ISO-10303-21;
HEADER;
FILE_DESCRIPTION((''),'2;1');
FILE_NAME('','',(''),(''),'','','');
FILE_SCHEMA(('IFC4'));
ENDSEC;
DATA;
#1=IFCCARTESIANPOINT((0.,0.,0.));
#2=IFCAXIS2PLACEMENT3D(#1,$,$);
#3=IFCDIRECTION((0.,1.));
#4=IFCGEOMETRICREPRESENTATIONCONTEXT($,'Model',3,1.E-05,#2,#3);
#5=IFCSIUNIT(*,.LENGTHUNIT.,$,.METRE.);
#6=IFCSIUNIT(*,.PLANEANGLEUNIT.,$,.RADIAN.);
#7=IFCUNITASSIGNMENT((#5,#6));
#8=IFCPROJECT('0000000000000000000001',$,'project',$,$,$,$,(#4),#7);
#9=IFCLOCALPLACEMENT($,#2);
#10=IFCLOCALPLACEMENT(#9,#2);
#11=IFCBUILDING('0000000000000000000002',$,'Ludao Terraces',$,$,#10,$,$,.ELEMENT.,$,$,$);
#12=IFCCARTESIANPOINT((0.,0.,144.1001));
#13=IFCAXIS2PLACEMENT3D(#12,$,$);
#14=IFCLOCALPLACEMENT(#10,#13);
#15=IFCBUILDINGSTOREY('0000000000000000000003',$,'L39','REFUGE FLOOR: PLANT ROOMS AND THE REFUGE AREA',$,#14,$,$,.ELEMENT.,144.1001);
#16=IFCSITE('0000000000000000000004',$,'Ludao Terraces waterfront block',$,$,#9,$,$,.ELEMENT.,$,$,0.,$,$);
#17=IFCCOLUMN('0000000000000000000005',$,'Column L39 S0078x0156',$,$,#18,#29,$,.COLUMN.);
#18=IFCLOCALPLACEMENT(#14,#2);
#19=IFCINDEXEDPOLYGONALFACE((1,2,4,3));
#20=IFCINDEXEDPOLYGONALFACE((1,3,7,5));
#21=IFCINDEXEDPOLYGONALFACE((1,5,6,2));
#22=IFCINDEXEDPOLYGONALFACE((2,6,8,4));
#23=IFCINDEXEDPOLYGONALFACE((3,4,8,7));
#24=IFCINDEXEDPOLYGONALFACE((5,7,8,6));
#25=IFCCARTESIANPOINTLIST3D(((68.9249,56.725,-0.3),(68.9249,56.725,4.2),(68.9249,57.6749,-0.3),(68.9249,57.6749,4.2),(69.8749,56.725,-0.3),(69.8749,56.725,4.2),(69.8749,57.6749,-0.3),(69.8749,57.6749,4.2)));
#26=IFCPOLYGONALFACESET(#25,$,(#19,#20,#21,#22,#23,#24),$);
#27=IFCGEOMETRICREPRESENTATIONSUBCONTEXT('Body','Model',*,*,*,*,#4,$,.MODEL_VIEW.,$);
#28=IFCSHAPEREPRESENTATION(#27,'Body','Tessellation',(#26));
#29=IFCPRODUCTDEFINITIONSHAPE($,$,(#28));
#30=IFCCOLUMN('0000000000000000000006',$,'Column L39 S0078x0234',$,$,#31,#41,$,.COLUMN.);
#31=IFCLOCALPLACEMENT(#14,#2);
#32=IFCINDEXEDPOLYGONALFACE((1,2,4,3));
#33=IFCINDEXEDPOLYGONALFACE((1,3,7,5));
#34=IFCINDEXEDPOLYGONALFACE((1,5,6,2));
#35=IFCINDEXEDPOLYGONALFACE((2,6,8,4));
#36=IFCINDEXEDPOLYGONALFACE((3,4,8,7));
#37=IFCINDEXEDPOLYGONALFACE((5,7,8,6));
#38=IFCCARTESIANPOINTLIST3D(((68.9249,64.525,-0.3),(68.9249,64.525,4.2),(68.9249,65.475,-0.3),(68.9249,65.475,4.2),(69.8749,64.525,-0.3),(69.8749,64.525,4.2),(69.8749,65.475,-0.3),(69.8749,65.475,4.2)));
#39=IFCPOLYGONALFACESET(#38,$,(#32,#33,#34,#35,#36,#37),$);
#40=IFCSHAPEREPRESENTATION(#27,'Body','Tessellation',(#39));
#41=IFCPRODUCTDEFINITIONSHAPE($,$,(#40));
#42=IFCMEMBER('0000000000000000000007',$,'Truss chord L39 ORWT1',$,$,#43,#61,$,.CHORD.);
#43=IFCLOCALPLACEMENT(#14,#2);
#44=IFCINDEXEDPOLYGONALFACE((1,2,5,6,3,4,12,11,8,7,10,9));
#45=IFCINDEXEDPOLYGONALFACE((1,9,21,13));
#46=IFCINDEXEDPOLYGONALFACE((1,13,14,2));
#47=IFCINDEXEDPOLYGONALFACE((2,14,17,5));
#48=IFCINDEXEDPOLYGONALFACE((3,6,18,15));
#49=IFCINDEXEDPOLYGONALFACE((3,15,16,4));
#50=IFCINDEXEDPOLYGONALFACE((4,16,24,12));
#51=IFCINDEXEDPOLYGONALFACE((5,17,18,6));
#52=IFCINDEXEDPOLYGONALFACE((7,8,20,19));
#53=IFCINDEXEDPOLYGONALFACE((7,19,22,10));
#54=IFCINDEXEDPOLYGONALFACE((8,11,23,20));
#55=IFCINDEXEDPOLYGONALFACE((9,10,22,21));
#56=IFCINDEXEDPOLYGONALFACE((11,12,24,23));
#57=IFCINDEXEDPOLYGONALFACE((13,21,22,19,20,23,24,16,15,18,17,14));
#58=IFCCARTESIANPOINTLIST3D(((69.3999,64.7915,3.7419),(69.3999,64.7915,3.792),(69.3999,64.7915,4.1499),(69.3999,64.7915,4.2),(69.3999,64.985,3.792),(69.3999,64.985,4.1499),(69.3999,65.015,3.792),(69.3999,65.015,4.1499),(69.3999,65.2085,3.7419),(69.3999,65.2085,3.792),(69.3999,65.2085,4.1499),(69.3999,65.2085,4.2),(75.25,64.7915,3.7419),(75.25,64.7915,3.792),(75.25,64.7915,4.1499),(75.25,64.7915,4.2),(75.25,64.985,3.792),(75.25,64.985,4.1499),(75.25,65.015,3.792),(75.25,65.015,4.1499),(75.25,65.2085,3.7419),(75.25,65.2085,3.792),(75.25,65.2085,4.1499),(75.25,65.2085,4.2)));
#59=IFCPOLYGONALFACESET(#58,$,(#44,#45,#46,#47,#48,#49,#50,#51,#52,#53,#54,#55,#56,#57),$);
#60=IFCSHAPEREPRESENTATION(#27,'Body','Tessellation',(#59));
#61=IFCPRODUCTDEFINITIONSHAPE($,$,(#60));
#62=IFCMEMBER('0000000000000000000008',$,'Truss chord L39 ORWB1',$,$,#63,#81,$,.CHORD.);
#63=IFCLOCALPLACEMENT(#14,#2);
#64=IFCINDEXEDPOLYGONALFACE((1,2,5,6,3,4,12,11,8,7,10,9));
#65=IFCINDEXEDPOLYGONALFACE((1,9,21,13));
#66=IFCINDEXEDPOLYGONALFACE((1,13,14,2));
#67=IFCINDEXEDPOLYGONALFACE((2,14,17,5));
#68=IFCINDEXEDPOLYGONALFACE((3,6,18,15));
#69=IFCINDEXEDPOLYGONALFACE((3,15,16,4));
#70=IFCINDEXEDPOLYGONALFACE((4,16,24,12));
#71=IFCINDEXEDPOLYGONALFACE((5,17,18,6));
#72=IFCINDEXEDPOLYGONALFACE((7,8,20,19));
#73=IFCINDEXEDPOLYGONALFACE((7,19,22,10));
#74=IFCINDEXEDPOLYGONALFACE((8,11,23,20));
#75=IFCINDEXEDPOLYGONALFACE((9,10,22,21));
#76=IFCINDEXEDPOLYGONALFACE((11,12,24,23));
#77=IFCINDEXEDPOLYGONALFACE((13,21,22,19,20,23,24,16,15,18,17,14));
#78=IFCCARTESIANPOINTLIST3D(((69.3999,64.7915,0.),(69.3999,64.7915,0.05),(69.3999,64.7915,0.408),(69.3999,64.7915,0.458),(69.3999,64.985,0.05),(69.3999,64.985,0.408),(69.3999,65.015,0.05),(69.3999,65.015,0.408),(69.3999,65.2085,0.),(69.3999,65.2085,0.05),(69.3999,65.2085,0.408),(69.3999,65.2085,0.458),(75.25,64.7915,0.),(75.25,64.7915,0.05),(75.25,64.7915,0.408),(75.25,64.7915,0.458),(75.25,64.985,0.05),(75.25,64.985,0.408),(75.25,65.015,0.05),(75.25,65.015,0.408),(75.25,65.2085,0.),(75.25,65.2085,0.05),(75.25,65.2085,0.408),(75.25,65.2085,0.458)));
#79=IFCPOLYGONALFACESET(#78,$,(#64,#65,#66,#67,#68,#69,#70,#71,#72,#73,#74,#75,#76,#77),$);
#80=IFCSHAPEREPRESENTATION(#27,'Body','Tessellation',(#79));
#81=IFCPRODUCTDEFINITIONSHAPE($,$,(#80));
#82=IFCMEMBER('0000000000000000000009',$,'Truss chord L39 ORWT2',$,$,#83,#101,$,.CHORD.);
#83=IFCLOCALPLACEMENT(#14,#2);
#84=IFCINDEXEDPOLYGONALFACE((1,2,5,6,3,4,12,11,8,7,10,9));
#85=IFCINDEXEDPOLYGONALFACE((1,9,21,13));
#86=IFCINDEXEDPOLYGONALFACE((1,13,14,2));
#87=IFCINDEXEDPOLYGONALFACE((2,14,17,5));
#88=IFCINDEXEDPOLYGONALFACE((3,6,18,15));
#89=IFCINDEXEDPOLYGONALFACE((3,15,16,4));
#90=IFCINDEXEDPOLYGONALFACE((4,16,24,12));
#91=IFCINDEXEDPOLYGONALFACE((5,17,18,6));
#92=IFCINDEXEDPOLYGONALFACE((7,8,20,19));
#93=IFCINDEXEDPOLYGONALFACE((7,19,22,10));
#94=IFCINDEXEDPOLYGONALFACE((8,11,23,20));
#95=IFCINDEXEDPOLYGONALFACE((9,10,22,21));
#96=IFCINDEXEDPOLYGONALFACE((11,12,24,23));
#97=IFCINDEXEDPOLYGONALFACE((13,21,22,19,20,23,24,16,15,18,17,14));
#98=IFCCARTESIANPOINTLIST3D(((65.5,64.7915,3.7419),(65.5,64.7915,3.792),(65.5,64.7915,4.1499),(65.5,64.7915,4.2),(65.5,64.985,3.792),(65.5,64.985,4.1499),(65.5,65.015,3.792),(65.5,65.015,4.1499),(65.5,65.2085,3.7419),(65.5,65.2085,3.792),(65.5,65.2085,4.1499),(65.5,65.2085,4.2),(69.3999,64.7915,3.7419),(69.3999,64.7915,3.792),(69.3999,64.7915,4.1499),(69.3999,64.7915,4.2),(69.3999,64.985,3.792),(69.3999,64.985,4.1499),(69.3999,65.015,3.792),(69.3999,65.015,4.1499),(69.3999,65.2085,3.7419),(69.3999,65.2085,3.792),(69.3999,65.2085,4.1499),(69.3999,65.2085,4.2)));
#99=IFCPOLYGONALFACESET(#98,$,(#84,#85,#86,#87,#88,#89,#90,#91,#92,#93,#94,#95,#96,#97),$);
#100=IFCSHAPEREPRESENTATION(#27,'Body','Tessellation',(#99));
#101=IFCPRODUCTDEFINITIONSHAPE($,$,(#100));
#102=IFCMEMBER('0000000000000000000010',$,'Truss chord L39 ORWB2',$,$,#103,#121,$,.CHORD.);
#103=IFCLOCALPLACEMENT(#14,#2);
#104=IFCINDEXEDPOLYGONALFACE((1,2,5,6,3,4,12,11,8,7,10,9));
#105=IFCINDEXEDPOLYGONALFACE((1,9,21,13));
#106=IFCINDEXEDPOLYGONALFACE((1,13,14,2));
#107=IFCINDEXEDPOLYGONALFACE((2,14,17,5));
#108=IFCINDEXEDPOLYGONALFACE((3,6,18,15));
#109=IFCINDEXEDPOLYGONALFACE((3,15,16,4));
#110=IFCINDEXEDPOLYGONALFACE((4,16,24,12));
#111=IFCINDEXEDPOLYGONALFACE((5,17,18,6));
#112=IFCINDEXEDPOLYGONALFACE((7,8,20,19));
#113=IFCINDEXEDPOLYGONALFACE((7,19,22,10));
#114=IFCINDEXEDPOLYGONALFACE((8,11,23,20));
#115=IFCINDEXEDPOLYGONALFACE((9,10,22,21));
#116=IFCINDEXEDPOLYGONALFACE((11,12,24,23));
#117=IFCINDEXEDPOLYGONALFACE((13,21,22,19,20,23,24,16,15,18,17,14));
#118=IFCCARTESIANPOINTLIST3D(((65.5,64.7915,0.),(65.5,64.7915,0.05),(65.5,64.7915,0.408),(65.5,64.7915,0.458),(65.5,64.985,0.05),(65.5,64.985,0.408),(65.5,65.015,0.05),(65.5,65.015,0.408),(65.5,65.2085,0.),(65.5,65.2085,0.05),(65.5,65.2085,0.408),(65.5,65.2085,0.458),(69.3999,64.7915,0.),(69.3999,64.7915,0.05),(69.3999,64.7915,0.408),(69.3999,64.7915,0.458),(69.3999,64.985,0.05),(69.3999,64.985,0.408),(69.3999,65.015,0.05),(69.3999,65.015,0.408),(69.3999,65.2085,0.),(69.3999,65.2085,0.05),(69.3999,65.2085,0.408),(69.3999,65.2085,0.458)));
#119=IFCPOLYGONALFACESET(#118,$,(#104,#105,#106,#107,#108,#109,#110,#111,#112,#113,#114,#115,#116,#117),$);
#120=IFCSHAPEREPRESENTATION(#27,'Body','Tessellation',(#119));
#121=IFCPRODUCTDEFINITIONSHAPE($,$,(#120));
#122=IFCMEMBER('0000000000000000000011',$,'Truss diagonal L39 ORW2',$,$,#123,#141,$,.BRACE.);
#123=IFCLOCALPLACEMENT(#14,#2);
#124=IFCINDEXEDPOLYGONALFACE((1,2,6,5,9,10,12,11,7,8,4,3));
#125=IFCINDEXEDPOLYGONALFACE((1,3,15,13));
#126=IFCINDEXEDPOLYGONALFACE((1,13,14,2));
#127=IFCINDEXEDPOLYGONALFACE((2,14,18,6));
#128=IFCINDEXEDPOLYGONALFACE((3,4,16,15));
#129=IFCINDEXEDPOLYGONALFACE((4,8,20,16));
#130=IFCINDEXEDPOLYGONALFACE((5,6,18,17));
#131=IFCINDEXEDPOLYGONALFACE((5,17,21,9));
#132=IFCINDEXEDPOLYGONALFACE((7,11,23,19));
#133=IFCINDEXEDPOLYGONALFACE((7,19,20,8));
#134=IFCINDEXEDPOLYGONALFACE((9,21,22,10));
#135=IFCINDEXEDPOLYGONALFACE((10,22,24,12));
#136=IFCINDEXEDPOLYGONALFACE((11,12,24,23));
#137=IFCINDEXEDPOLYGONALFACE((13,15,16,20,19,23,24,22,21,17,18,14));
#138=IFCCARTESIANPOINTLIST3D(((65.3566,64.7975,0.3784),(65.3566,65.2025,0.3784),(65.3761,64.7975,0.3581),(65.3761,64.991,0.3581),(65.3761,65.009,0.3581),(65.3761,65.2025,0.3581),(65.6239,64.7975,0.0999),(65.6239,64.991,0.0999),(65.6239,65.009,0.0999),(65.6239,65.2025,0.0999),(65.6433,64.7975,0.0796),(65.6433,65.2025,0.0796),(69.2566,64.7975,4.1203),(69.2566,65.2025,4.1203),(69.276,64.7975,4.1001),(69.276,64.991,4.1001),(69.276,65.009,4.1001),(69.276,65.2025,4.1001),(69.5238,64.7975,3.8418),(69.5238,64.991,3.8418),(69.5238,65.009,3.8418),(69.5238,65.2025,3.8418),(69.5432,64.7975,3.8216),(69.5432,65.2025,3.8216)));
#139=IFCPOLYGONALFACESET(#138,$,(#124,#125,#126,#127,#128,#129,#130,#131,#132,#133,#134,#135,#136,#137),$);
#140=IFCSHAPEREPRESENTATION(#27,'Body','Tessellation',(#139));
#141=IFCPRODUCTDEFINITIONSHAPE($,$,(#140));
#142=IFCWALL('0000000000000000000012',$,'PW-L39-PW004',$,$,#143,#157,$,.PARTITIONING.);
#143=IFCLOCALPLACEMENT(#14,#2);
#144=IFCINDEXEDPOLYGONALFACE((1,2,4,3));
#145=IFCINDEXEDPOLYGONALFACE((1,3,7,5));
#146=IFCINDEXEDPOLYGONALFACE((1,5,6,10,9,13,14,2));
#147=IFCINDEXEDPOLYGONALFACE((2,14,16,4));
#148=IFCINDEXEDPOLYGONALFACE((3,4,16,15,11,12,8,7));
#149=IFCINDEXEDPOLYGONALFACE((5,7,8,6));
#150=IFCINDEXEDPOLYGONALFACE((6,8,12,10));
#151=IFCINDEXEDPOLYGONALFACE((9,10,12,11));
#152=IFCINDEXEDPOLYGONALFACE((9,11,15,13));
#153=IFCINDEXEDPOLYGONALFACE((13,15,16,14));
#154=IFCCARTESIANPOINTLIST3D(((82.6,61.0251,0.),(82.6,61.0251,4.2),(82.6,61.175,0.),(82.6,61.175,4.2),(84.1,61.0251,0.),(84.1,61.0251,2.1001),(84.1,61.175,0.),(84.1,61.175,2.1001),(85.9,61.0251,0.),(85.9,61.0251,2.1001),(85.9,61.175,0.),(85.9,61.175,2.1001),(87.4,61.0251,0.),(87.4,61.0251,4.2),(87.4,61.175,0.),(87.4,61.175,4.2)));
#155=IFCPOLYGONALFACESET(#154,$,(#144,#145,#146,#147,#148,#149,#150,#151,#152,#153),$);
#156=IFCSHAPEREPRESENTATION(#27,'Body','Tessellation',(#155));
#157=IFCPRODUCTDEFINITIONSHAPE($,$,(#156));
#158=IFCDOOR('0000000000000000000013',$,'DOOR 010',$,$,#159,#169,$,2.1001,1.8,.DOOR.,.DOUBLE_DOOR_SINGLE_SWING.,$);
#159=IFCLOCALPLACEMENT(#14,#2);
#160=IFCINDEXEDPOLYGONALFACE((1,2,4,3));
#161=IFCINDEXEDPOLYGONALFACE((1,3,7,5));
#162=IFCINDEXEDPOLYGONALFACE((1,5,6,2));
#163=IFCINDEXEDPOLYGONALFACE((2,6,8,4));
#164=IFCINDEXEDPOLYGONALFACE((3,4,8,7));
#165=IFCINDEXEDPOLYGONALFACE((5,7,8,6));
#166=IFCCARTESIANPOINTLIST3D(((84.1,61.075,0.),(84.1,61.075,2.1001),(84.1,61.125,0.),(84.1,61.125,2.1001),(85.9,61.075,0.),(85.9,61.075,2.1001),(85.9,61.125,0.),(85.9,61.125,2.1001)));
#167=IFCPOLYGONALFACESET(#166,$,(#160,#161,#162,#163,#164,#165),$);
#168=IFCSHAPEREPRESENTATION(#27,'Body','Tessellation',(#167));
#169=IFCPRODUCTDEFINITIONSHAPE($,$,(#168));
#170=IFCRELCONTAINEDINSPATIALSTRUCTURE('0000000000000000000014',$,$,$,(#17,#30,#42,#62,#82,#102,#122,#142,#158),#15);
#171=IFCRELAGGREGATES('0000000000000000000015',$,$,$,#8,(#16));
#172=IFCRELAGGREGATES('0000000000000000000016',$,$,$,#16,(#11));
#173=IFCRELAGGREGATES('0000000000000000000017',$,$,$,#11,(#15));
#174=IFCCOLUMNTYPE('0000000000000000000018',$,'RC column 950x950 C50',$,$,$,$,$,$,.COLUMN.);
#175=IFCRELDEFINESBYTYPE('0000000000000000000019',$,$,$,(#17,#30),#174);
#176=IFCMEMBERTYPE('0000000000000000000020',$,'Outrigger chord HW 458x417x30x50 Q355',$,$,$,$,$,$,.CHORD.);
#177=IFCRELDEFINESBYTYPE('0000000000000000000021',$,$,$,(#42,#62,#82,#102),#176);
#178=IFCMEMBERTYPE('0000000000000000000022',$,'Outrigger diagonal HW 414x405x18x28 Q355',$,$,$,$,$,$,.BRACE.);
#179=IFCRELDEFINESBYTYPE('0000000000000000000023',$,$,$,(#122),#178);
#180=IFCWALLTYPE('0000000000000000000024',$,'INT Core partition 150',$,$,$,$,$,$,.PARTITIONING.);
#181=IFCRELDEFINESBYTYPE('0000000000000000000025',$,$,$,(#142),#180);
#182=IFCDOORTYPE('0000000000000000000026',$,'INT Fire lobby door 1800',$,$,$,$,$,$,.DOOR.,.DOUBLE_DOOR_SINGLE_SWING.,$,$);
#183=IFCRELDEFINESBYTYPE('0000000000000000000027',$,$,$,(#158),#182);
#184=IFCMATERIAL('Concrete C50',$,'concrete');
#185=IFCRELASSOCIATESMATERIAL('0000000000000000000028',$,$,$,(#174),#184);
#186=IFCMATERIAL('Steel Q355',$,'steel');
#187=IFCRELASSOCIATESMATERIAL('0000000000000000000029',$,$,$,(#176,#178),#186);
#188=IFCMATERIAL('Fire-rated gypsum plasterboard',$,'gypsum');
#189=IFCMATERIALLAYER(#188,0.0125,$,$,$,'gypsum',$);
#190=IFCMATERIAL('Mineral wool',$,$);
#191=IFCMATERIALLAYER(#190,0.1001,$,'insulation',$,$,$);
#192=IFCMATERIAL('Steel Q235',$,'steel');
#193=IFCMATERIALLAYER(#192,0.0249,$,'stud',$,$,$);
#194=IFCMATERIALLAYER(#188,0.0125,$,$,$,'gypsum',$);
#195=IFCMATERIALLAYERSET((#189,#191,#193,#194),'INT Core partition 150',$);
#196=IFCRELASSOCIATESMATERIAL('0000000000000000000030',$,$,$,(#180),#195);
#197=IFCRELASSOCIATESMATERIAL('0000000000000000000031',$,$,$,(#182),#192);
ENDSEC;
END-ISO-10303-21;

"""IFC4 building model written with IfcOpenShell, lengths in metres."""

from ifc_helpers import new_model, si_unit, direction, frame, frame_2d, origin, origin_2d, place, context, subcontext, project, spatial, rectangle, i_section, extrude, material, layer, layer_set, material_profile, profile_set, type_object, element, fill, save


model = new_model("IFC4")

# Units and contexts
model_context = context("Model", 3, precision=1e-05, world=origin(), true_north=direction((0.0, 1.0)))
body_context = subcontext(model_context, "Body", "Model", "MODEL_VIEW")
ifc_project = project(units=[si_unit("LENGTHUNIT", "METRE"), si_unit("PLANEANGLEUNIT", "RADIAN")], contexts=[model_context])

# Site, building, storey
site_placement = place(None, origin())
site = spatial("IfcSite", under=ifc_project, at=site_placement, Name="Ludao Terraces waterfront block", CompositionType="ELEMENT", RefElevation=0.0)
building_placement = place(site_placement, origin())
building = spatial("IfcBuilding", under=site, at=building_placement, Name="Ludao Terraces", CompositionType="ELEMENT")
storey_placement = place(building_placement, frame((0.0, 0.0, 144.1001)))
storey = spatial("IfcBuildingStorey", under=building, at=storey_placement, Name="L39", Description="REFUGE FLOOR: PLANT ROOMS AND THE REFUGE AREA", CompositionType="ELEMENT", Elevation=144.1001)

# Columns
ifc_material_1 = material(Name="Concrete C50", Category="concrete")
ifc_material_profile_1 = material_profile(ifc_material_1, rectangle(XDim=0.95, YDim=0.95, at=origin_2d()), Name="950 X 950")
ifc_profile_set_1 = profile_set([ifc_material_profile_1], Name="Concrete C50")
column_type = type_object("IfcColumnType", Name="RC column 950x950 C50", PredefinedType="COLUMN", material=ifc_profile_set_1)
for number, where, z_axis, x_axis, name in (
    (1, (69.3999, 57.2, -0.3), (0.0, 0.0, 1.0), (1.0, 0.0, 0.0), "Column L39 S0078x0156"),
    (2, (69.3999, 65.0, -0.3), (0.0, 0.0, 1.0), (1.0, 0.0, 0.0), "Column L39 S0078x0234"),
):
    element("IfcColumn", number, at=place(storey_placement, frame(where, z_axis=z_axis, x_axis=x_axis)), inside=storey, type_object=column_type, Name=name, PredefinedType="COLUMN", context=body_context, shape_type="SweptSolid", body=[
        extrude(rectangle(XDim=0.95, YDim=0.95, at=origin_2d()), origin(), (0.0, 0.0, 1.0), 4.5),
    ])

# Members
ifc_material_2 = material(Name="Steel Q355", Category="steel")
ifc_material_profile_2 = material_profile(ifc_material_2, i_section(OverallWidth=0.417, OverallDepth=0.458, WebThickness=0.03, FlangeThickness=0.05, at=origin_2d()), Name="HW 458X417X30X50")
ifc_profile_set_2 = profile_set([ifc_material_profile_2], Name="Steel Q355")
member_type_1 = type_object("IfcMemberType", Name="Outrigger chord HW 458x417x30x50 Q355", PredefinedType="CHORD", material=ifc_profile_set_2)
for number, where, z_axis, x_axis, name in (
    (3, (75.25, 65.0, 3.9709), (-1.0, 0.0, 0.0), (0.0, -1.0, 0.0), "Truss chord L39 ORWT1"),
    (4, (75.25, 65.0, 0.229), (-1.0, 0.0, 0.0), (0.0, -1.0, 0.0), "Truss chord L39 ORWB1"),
):
    element("IfcMember", number, at=place(storey_placement, frame(where, z_axis=z_axis, x_axis=x_axis)), inside=storey, type_object=member_type_1, Name=name, PredefinedType="CHORD", context=body_context, shape_type="SweptSolid", body=[
        extrude(i_section(OverallWidth=0.417, OverallDepth=0.458, WebThickness=0.03, FlangeThickness=0.05, at=origin_2d()), origin(), (0.0, 0.0, 1.0), 5.8501),
    ])
for number, where, z_axis, x_axis, name in (
    (5, (69.3999, 65.0, 3.9709), (-1.0, 0.0, 0.0), (0.0, -1.0, 0.0), "Truss chord L39 ORWT2"),
    (6, (69.3999, 65.0, 0.229), (-1.0, 0.0, 0.0), (0.0, -1.0, 0.0), "Truss chord L39 ORWB2"),
):
    element("IfcMember", number, at=place(storey_placement, frame(where, z_axis=z_axis, x_axis=x_axis)), inside=storey, type_object=member_type_1, Name=name, PredefinedType="CHORD", context=body_context, shape_type="SweptSolid", body=[
        extrude(i_section(OverallWidth=0.417, OverallDepth=0.458, WebThickness=0.03, FlangeThickness=0.05, at=origin_2d()), origin(), (0.0, 0.0, 1.0), 3.8999),
    ])
ifc_material_profile_3 = material_profile(ifc_material_2, i_section(OverallWidth=0.405, OverallDepth=0.4141, WebThickness=0.0181, FlangeThickness=0.0281, at=origin_2d()), Name="HW 414X405X18X28")
ifc_profile_set_3 = profile_set([ifc_material_profile_3], Name="Steel Q355")
member_type_2 = type_object("IfcMemberType", Name="Outrigger diagonal HW 414x405x18x28 Q355", PredefinedType="BRACE", material=ifc_profile_set_3)
member_placement = place(storey_placement, frame((69.3999, 65.0, 3.9709), z_axis=(-0.721569, 0.0, -0.692343), x_axis=(0.0, -1.0, 0.0)))
element("IfcMember", 7, at=member_placement, inside=storey, type_object=member_type_2, Name="Truss diagonal L39 ORW2", PredefinedType="BRACE", context=body_context, shape_type="SweptSolid", body=[
    extrude(i_section(OverallWidth=0.405, OverallDepth=0.4141, WebThickness=0.0181, FlangeThickness=0.0281, at=origin_2d()), origin(), (0.0, 0.0, 1.0), 5.4048),
])

# Wall, opening, door
ifc_material_3 = material(Name="Fire-rated gypsum plasterboard", Category="gypsum")
ifc_layer_1 = layer(ifc_material_3, 0.0125, Category="gypsum")
ifc_material_4 = material(Name="Mineral wool")
ifc_layer_2 = layer(ifc_material_4, 0.1001, Name="insulation")
ifc_material_5 = material(Name="Steel Q235", Category="steel")
ifc_layer_3 = layer(ifc_material_5, 0.0249, Name="stud")
ifc_layer_4 = layer(ifc_material_3, 0.0125, Category="gypsum")
ifc_layer_set_1 = layer_set([ifc_layer_1, ifc_layer_2, ifc_layer_3, ifc_layer_4], Name="INT Core partition 150")
wall_type_1 = type_object("IfcWallType", Name="INT Core partition 150", PredefinedType="PARTITIONING", material=ifc_layer_set_1)
wall_1_placement = place(storey_placement, frame((82.6001, 61.1001, 0.0), z_axis=(0.0, 0.0, 1.0), x_axis=(1.0, 0.0, 0.0)))
wall_1 = element("IfcWall", 8, at=wall_1_placement, inside=storey, type_object=wall_type_1, Name="PW-L39-PW004", PredefinedType="PARTITIONING", context=body_context, shape_type="SweptSolid", body=[
    extrude(rectangle(XDim=4.8, YDim=0.1499, at=frame_2d((2.3999, 0.0))), origin(), (0.0, 0.0, 1.0), 4.2),
])
opening_1_placement = place(wall_1_placement, frame((1.5, 0.0, 0.0)))
opening_1 = element("IfcOpeningElement", 9, at=opening_1_placement, cuts=wall_1, PredefinedType="OPENING", context=body_context, shape_type="SweptSolid", body=[
    extrude(rectangle(XDim=1.8, YDim=2.1001, at=frame_2d((0.8999, 1.05))), frame((0.0, 0.085, 0.0), z_axis=(0.0, -1.0, 0.0), x_axis=(1.0, 0.0, 0.0)), (0.0, 0.0, 1.0), 0.1699),
])
door_type_1 = type_object("IfcDoorType", Name="INT Fire lobby door 1800", OperationType="DOUBLE_DOOR_SINGLE_SWING", PredefinedType="DOOR", material=ifc_material_5)
door_1_placement = place(opening_1_placement, origin())
door_1 = element("IfcDoor", 10, at=door_1_placement, inside=storey, type_object=door_type_1, Name="DOOR 010", OperationType="DOUBLE_DOOR_SINGLE_SWING", OverallHeight=2.1001, OverallWidth=1.8, PredefinedType="DOOR", context=body_context, shape_type="SweptSolid", body=[
    extrude(rectangle(XDim=1.8, YDim=2.1001, at=frame_2d((0.8999, 1.05))), frame((0.0, 0.0249, 0.0), z_axis=(0.0, -1.0, 0.0), x_axis=(1.0, 0.0, 0.0)), (0.0, 0.0, 1.0), 0.05),
])
fill(opening_1, door_1)

save(model, "model.ifc")
